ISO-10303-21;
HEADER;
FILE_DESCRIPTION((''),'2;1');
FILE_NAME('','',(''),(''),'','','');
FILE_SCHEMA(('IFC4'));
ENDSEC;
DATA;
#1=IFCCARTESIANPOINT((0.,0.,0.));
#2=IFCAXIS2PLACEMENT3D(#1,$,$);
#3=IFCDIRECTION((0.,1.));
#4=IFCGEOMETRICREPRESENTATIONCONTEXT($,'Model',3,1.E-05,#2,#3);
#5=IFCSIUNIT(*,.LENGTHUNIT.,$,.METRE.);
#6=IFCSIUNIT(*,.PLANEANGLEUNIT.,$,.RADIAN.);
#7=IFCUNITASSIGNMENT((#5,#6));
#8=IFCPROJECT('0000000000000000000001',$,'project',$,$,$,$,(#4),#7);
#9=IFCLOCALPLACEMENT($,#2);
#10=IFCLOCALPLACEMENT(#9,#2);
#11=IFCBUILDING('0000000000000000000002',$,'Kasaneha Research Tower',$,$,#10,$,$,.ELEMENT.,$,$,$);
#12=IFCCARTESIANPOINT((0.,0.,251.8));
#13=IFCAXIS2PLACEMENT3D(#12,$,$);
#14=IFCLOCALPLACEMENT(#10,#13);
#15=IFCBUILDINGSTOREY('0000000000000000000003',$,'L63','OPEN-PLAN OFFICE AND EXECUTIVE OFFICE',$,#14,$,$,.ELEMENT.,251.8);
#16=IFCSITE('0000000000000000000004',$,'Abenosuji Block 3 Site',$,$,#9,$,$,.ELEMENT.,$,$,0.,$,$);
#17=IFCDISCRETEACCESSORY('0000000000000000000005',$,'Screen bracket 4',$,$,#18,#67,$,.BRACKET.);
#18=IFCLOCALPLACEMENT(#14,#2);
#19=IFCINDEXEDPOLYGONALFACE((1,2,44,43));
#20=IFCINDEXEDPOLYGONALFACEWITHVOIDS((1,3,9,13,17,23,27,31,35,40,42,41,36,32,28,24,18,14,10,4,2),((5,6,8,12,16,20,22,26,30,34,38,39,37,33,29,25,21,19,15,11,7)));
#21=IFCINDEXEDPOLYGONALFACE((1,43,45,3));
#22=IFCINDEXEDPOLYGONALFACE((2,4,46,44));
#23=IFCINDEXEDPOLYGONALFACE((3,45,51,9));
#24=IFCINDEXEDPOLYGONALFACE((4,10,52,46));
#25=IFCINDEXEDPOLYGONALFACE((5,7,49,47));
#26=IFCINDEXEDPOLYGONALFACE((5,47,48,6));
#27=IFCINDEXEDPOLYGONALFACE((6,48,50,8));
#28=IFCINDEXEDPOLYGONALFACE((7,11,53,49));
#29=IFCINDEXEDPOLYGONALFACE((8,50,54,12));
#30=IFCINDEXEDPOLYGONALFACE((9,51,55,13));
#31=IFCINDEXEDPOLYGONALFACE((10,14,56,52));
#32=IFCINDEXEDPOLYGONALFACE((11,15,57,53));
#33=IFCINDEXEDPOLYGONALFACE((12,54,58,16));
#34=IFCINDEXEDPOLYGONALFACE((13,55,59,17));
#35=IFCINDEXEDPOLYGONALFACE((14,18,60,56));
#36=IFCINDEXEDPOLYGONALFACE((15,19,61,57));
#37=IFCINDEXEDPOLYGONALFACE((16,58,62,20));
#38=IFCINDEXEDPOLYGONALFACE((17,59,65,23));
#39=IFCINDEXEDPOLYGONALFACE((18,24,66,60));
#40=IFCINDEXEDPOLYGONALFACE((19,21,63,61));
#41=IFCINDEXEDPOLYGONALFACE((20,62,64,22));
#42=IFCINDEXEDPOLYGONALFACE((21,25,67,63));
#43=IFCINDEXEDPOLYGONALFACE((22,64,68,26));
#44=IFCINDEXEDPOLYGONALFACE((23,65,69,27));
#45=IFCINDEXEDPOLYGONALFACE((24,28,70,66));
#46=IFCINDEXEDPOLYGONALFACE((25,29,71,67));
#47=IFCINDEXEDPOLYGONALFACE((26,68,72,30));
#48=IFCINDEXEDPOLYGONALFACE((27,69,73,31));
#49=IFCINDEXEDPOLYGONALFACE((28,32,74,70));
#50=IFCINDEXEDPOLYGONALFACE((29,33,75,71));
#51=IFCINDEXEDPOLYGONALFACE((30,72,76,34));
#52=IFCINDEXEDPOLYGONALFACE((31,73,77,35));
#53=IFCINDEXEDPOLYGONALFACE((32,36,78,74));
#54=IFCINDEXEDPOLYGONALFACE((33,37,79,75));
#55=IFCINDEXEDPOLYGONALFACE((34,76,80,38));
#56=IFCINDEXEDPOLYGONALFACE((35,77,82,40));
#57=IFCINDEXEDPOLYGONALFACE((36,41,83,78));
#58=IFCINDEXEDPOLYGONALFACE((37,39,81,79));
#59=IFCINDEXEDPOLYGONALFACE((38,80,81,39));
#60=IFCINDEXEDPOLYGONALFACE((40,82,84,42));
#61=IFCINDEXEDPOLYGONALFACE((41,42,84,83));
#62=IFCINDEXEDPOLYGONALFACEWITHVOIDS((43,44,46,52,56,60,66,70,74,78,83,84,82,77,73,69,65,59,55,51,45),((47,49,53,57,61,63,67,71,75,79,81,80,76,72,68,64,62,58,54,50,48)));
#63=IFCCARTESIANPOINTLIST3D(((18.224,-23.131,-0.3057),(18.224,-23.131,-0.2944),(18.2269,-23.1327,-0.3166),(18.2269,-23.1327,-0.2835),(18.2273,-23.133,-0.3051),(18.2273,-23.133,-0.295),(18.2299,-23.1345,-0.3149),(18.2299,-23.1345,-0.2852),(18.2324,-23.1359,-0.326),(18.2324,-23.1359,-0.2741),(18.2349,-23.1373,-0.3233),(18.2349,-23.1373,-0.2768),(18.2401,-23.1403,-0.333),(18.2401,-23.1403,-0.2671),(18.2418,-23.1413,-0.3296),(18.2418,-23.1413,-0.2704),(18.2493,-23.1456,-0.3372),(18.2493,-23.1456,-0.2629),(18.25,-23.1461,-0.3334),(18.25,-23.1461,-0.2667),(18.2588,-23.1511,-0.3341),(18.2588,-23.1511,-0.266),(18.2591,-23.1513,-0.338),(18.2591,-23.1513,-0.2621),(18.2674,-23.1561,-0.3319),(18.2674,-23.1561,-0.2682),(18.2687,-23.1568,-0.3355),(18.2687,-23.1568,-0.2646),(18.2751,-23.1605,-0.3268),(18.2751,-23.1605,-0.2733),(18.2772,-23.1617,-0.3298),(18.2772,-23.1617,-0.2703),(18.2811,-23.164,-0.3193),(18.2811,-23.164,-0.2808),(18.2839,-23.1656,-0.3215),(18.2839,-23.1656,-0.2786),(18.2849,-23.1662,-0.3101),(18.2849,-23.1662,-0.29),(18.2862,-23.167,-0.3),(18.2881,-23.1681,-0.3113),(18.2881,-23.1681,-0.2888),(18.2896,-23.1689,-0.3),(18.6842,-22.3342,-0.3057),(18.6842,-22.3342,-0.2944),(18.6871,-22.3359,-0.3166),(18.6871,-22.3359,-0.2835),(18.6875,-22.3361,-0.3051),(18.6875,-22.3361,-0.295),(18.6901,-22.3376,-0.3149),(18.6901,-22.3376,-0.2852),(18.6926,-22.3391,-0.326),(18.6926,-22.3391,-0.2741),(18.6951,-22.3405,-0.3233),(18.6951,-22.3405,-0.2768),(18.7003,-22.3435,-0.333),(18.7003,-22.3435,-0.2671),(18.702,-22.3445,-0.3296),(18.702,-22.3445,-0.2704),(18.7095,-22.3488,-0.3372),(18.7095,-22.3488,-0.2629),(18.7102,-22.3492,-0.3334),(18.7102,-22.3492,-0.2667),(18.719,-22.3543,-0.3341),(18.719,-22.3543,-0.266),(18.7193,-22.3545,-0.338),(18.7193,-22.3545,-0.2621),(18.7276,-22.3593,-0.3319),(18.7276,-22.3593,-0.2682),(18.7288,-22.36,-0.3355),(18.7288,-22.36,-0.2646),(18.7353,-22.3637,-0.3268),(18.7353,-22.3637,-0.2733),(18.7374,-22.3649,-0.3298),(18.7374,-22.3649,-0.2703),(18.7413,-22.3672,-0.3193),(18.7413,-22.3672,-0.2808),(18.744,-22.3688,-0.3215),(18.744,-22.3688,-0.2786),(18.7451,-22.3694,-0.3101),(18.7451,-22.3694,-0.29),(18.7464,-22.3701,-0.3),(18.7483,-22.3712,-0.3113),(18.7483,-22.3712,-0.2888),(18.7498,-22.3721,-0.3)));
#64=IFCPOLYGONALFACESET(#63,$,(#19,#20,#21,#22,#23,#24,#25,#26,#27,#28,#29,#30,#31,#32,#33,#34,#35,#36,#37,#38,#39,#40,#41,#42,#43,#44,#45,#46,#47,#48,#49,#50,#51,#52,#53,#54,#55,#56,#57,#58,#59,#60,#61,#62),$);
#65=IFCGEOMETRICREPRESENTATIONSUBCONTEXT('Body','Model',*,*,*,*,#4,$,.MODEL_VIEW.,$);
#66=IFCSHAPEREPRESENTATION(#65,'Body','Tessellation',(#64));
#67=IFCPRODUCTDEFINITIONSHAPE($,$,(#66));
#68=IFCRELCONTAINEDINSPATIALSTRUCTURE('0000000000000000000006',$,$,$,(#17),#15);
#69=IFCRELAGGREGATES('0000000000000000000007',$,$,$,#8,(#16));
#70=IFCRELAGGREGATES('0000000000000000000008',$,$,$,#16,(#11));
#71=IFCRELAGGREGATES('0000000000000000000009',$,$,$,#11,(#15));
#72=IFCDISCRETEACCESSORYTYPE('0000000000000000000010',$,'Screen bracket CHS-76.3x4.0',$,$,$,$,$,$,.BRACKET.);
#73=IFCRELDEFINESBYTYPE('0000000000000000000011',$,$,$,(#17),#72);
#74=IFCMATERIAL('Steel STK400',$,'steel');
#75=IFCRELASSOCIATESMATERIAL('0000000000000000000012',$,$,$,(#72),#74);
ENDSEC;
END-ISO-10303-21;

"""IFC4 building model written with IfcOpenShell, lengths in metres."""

from ifc_helpers import new_model, si_unit, direction, frame, origin, origin_2d, place, context, subcontext, project, spatial, hollow_circle, extrude, material, material_profile, profile_set, type_object, element, save


model = new_model("IFC4")

# Units and contexts
model_context = context("Model", 3, precision=1e-05, world=origin(), true_north=direction((0.0, 1.0)))
body_context = subcontext(model_context, "Body", "Model", "MODEL_VIEW")
ifc_project = project(units=[si_unit("LENGTHUNIT", "METRE"), si_unit("PLANEANGLEUNIT", "RADIAN")], contexts=[model_context])

# Site, building, storey
site_placement = place(None, origin())
site = spatial("IfcSite", under=ifc_project, at=site_placement, Name="Abenosuji Block 3 Site", CompositionType="ELEMENT", RefElevation=0.0)
building_placement = place(site_placement, origin())
building = spatial("IfcBuilding", under=site, at=building_placement, Name="Kasaneha Research Tower", CompositionType="ELEMENT")
storey_placement = place(building_placement, frame((0.0, 0.0, 251.8)))
storey = spatial("IfcBuildingStorey", under=building, at=storey_placement, Name="L63", Description="OPEN-PLAN OFFICE AND EXECUTIVE OFFICE", CompositionType="ELEMENT", Elevation=251.8)

# Discrete accessory
ifc_material_1 = material(Name="Steel STK400", Category="steel")
ifc_material_profile_1 = material_profile(ifc_material_1, hollow_circle(Radius=0.0381, WallThickness=0.0039, at=origin_2d()), Name="CHS-76.3x4.0")
ifc_profile_set_1 = profile_set([ifc_material_profile_1], Name="Steel STK400")
discrete_accessory_type = type_object("IfcDiscreteAccessoryType", Name="Screen bracket CHS-76.3x4.0", PredefinedType="BRACKET", material=ifc_profile_set_1)
discrete_accessory_1_placement = place(storey_placement, frame((18.7168, -22.353, -0.3), z_axis=(-0.500105, -0.865965, 0.0), x_axis=(0.865965, -0.500105, 0.0)))
element("IfcDiscreteAccessory", 1, at=discrete_accessory_1_placement, inside=storey, type_object=discrete_accessory_type, Name="Screen bracket 4", PredefinedType="BRACKET", context=body_context, shape_type="SweptSolid", body=[
    extrude(hollow_circle(Radius=0.0381, WallThickness=0.0039, at=origin_2d()), origin(), (0.0, 0.0, 1.0), 0.9202),
])

save(model, "model.ifc")
